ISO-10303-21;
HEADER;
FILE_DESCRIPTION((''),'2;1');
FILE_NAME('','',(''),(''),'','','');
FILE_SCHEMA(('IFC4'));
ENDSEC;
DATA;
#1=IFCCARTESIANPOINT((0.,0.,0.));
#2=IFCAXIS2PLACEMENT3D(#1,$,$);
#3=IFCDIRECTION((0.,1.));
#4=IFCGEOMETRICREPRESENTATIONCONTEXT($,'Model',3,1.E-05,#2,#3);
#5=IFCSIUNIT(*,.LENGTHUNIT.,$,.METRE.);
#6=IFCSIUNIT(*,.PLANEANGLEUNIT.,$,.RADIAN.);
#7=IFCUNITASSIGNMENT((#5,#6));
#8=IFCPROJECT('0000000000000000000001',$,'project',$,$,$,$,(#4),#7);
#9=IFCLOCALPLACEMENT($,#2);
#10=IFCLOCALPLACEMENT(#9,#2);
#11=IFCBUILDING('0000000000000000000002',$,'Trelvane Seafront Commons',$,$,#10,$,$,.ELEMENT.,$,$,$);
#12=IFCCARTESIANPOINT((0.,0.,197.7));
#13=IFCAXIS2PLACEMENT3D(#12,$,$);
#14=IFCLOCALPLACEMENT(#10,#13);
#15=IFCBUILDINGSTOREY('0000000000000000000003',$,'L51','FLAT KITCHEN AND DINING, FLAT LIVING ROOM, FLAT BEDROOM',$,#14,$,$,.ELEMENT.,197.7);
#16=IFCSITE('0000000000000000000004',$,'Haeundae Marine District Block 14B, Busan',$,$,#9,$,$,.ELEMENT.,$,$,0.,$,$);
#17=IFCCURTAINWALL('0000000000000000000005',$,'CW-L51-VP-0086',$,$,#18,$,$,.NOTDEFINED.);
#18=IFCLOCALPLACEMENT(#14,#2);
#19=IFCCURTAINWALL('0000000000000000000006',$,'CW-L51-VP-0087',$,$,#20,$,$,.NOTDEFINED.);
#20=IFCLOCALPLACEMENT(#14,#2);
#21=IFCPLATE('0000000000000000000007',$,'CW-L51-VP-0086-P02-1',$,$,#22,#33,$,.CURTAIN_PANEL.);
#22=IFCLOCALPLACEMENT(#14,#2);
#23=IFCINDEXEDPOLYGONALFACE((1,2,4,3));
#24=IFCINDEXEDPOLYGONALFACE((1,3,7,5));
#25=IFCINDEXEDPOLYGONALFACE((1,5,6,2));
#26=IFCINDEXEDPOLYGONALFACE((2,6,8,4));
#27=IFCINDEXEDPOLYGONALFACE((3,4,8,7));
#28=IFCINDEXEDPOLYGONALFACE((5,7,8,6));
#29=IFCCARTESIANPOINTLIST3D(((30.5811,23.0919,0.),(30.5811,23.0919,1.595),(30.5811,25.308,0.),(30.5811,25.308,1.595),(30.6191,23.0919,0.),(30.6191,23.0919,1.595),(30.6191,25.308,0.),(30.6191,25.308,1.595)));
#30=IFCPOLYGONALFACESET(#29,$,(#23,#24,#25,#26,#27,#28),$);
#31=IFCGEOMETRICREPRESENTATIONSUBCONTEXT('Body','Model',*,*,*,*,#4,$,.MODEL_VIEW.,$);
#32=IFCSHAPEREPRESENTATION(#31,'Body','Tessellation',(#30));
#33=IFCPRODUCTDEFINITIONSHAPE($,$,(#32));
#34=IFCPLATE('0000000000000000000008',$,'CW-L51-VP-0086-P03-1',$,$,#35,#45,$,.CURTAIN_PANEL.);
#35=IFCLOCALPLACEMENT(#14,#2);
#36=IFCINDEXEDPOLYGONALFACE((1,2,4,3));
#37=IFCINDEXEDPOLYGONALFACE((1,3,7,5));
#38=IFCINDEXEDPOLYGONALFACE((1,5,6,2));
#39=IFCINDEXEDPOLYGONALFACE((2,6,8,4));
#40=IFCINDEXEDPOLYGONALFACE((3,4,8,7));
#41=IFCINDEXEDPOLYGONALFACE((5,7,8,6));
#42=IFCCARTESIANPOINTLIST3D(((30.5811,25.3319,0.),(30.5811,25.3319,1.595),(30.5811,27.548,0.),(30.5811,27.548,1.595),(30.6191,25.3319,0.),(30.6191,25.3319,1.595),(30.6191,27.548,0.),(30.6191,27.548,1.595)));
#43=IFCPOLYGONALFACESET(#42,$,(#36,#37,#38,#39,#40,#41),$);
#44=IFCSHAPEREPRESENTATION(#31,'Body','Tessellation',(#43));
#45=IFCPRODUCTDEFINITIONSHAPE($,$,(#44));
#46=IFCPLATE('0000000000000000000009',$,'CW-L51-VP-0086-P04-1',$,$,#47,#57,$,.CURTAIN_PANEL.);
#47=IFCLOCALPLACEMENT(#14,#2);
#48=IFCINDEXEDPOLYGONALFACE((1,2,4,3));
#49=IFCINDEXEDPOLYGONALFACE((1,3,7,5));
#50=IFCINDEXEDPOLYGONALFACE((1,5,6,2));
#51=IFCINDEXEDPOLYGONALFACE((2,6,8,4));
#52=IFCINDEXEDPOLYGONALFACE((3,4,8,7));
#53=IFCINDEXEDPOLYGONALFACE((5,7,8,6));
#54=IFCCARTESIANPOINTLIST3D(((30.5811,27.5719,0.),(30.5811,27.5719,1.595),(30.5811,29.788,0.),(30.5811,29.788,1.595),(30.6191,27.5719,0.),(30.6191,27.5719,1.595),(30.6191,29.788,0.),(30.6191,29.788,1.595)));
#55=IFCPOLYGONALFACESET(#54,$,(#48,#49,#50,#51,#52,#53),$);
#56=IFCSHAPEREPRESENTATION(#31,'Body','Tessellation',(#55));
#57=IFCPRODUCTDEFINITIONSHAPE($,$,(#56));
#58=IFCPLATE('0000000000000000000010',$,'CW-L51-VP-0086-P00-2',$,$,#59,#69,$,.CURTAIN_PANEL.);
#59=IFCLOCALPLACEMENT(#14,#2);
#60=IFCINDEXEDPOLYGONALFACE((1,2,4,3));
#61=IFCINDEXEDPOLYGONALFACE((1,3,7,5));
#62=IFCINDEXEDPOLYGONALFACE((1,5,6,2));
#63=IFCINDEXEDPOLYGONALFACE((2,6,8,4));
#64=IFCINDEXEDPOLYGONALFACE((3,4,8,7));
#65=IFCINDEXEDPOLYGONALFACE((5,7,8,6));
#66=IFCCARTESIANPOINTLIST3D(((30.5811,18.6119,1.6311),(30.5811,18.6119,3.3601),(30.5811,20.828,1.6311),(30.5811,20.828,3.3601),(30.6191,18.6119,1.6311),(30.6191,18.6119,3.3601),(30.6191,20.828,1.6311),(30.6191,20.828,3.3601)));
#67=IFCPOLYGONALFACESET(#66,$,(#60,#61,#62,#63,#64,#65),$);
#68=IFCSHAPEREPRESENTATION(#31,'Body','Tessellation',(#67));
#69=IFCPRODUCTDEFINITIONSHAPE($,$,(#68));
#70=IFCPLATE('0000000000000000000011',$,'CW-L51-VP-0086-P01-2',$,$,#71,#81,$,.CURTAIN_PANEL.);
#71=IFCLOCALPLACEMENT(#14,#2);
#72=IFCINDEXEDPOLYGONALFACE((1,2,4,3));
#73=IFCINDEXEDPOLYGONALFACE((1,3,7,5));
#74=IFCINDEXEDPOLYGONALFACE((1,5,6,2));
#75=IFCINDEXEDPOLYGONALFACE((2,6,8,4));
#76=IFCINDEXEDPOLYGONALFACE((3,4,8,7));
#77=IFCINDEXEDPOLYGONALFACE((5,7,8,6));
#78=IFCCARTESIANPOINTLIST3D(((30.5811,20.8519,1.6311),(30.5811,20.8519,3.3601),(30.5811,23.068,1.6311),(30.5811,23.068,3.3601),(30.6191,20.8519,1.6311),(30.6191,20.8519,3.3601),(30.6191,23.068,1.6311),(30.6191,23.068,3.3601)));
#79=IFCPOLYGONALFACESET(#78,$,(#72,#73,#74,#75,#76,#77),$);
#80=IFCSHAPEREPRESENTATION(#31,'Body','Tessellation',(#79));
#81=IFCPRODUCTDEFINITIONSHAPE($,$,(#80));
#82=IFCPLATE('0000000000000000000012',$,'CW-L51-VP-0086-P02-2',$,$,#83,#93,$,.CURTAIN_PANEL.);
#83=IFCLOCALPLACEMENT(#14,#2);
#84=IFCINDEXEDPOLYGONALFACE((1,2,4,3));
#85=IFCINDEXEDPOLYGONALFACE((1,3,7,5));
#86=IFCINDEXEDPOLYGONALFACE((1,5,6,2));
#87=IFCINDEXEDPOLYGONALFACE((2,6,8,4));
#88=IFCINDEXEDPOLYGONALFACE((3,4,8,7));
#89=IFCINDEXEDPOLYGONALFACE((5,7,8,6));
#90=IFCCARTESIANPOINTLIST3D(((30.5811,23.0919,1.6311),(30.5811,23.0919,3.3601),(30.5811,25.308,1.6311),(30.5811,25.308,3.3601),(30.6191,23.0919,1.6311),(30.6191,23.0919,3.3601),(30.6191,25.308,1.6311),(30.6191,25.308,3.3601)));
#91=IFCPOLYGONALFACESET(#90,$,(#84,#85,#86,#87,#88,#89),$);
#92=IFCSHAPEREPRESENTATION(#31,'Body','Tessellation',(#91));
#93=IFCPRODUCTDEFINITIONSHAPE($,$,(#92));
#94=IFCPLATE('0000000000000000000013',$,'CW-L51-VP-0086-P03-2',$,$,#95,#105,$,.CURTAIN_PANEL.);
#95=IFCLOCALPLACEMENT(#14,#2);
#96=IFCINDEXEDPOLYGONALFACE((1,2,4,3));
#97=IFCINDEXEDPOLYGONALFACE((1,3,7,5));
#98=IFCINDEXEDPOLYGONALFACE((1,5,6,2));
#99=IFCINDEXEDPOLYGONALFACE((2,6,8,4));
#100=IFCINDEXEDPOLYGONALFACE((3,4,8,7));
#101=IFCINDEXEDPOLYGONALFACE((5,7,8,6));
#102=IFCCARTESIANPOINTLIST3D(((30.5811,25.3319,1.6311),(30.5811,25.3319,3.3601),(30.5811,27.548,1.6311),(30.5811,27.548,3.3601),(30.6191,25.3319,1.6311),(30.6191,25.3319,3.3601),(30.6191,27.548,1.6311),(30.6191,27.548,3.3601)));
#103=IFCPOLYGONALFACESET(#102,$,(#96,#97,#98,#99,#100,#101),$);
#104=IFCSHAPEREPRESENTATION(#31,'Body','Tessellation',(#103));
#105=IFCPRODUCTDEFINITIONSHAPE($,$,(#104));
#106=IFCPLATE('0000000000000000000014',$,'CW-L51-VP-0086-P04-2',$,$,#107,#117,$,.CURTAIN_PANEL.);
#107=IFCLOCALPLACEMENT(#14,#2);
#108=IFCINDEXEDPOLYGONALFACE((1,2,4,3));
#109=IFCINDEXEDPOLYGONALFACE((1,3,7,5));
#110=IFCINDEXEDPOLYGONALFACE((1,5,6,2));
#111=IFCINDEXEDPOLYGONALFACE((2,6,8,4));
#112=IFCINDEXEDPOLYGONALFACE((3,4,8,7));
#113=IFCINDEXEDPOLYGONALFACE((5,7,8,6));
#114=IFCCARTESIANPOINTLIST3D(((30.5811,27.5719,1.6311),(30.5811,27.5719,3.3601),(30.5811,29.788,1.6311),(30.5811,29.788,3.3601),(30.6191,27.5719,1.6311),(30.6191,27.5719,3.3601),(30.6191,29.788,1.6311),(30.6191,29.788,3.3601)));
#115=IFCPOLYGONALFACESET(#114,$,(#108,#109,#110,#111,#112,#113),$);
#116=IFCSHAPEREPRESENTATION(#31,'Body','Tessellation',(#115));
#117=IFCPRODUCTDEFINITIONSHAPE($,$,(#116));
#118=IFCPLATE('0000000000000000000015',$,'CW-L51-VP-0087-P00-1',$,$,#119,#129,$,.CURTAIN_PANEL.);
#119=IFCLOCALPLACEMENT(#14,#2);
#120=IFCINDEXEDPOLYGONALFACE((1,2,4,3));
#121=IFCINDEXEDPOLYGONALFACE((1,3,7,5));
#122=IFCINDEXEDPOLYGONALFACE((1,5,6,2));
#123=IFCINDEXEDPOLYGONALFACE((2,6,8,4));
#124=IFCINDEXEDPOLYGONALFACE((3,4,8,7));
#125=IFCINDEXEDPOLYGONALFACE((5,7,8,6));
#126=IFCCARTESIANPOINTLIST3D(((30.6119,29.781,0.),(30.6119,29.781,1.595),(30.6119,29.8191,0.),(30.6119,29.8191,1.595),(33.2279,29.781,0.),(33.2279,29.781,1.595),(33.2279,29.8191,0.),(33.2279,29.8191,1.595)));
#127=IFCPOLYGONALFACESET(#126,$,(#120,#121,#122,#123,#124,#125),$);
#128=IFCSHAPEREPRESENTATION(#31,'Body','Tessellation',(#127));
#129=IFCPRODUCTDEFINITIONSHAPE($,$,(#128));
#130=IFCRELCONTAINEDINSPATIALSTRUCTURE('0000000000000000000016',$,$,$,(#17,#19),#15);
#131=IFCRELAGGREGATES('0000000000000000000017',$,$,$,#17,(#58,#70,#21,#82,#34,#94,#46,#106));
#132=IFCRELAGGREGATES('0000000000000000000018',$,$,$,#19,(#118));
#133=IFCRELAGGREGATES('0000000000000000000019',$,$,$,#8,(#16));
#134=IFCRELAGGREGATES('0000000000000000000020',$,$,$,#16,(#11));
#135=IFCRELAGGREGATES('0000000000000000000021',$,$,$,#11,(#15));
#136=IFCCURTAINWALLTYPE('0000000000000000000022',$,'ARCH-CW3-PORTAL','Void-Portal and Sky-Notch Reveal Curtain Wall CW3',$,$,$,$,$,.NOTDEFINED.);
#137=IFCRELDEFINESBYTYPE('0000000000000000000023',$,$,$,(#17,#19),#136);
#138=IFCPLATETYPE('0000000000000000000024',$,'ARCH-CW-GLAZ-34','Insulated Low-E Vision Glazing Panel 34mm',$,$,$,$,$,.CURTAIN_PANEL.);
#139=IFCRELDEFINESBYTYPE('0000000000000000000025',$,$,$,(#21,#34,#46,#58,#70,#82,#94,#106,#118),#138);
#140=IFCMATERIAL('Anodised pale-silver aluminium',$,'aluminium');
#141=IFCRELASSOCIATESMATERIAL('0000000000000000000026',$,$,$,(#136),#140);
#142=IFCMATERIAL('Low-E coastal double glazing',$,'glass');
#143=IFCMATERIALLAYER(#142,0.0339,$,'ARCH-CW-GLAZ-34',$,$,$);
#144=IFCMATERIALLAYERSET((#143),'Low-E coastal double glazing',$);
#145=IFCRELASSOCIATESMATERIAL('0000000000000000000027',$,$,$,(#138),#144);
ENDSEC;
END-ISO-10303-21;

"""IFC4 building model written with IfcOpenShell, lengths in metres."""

from ifc_helpers import new_model, si_unit, direction, frame, origin, origin_2d, place, context, subcontext, project, spatial, rectangle, extrude, source, transform, mapped, material, layer, layer_set, type_object, element, aggregate, save


model = new_model("IFC4")

# Units and contexts
model_context = context("Model", 3, precision=1e-05, world=origin(), true_north=direction((0.0, 1.0)))
body_context = subcontext(model_context, "Body", "Model", "MODEL_VIEW")
ifc_project = project(units=[si_unit("LENGTHUNIT", "METRE"), si_unit("PLANEANGLEUNIT", "RADIAN")], contexts=[model_context])

# Site, building, storey
site_placement = place(None, origin())
site = spatial("IfcSite", under=ifc_project, at=site_placement, Name="Haeundae Marine District Block 14B, Busan", CompositionType="ELEMENT", RefElevation=0.0)
building_placement = place(site_placement, origin())
building = spatial("IfcBuilding", under=site, at=building_placement, Name="Trelvane Seafront Commons", CompositionType="ELEMENT")
storey_placement = place(building_placement, frame((0.0, 0.0, 197.7)))
storey = spatial("IfcBuildingStorey", under=building, at=storey_placement, Name="L51", Description="FLAT KITCHEN AND DINING, FLAT LIVING ROOM, FLAT BEDROOM", CompositionType="ELEMENT", Elevation=197.7)

# Curtain wall
ifc_material_1 = material(Name="Anodised pale-silver aluminium", Category="aluminium")
curtain_wall_type = type_object("IfcCurtainWallType", Name="ARCH-CW3-PORTAL", Description="Void-Portal and Sky-Notch Reveal Curtain Wall CW3", PredefinedType="NOTDEFINED", material=ifc_material_1)
curtain_wall_1_placement = place(storey_placement, origin())
curtain_wall_1 = element("IfcCurtainWall", 1, at=curtain_wall_1_placement, inside=storey, type_object=curtain_wall_type, Name="CW-L51-VP-0086", PredefinedType="NOTDEFINED")

# Curtain wall
curtain_wall_2_placement = place(storey_placement, origin())
curtain_wall_2 = element("IfcCurtainWall", 2, at=curtain_wall_2_placement, inside=storey, type_object=curtain_wall_type, Name="CW-L51-VP-0087", PredefinedType="NOTDEFINED")

# Plates
ifc_material_2 = material(Name="Low-E coastal double glazing", Category="glass")
ifc_layer = layer(ifc_material_2, 0.0339, Name="ARCH-CW-GLAZ-34")
ifc_layer_set = layer_set([ifc_layer], Name="Low-E coastal double glazing")
plate_type = type_object("IfcPlateType", Name="ARCH-CW-GLAZ-34", Description="Insulated Low-E Vision Glazing Panel 34mm", PredefinedType="CURTAIN_PANEL", material=ifc_layer_set)
shared_shape_1 = source(origin(), body_context, "Body", "SweptSolid", [
    extrude(rectangle(XDim=2.2161, YDim=0.0381, at=origin_2d()), origin(), (0.0, 0.0, 1.0), 1.595),
])
plate_1_placement = place(storey_placement, frame((30.6001, 24.2, 0.0), z_axis=(0.0, 0.0, 1.0), x_axis=(0.0, 1.0, 0.0)))
plate_1 = element("IfcPlate", 3, at=plate_1_placement, type_object=plate_type, Name="CW-L51-VP-0086-P02-1", PredefinedType="CURTAIN_PANEL", context=body_context, shape_type="MappedRepresentation", body=[
    mapped(shared_shape_1, transform((0.0, 0.0, 0.0), x_axis=(1.0, 0.0, 0.0), y_axis=(0.0, 1.0, 0.0), z_axis=(0.0, 0.0, 1.0), scale=1.0)),
])
plate_2_placement = place(storey_placement, frame((30.6001, 26.4399, 0.0), z_axis=(0.0, 0.0, 1.0), x_axis=(0.0, 1.0, 0.0)))
plate_2 = element("IfcPlate", 4, at=plate_2_placement, type_object=plate_type, Name="CW-L51-VP-0086-P03-1", PredefinedType="CURTAIN_PANEL", context=body_context, shape_type="MappedRepresentation", body=[
    mapped(shared_shape_1, transform((0.0, 0.0, 0.0), x_axis=(1.0, 0.0, 0.0), y_axis=(0.0, 1.0, 0.0), z_axis=(0.0, 0.0, 1.0), scale=1.0)),
])
plate_3_placement = place(storey_placement, frame((30.6001, 28.6799, 0.0), z_axis=(0.0, 0.0, 1.0), x_axis=(0.0, 1.0, 0.0)))
plate_3 = element("IfcPlate", 5, at=plate_3_placement, type_object=plate_type, Name="CW-L51-VP-0086-P04-1", PredefinedType="CURTAIN_PANEL", context=body_context, shape_type="MappedRepresentation", body=[
    mapped(shared_shape_1, transform((0.0, 0.0, 0.0), x_axis=(1.0, 0.0, 0.0), y_axis=(0.0, 1.0, 0.0), z_axis=(0.0, 0.0, 1.0), scale=1.0)),
])
shared_shape_2 = source(origin(), body_context, "Body", "SweptSolid", [
    extrude(rectangle(XDim=2.2161, YDim=0.0381, at=origin_2d()), origin(), (0.0, 0.0, 1.0), 1.729),
])
plate_4_placement = place(storey_placement, frame((30.6001, 19.72, 1.6311), z_axis=(0.0, 0.0, 1.0), x_axis=(0.0, 1.0, 0.0)))
plate_4 = element("IfcPlate", 6, at=plate_4_placement, type_object=plate_type, Name="CW-L51-VP-0086-P00-2", PredefinedType="CURTAIN_PANEL", context=body_context, shape_type="MappedRepresentation", body=[
    mapped(shared_shape_2, transform((0.0, 0.0, 0.0), x_axis=(1.0, 0.0, 0.0), y_axis=(0.0, 1.0, 0.0), z_axis=(0.0, 0.0, 1.0), scale=1.0)),
])
plate_5_placement = place(storey_placement, frame((30.6001, 21.96, 1.6311), z_axis=(0.0, 0.0, 1.0), x_axis=(0.0, 1.0, 0.0)))
plate_5 = element("IfcPlate", 7, at=plate_5_placement, type_object=plate_type, Name="CW-L51-VP-0086-P01-2", PredefinedType="CURTAIN_PANEL", context=body_context, shape_type="MappedRepresentation", body=[
    mapped(shared_shape_2, transform((0.0, 0.0, 0.0), x_axis=(1.0, 0.0, 0.0), y_axis=(0.0, 1.0, 0.0), z_axis=(0.0, 0.0, 1.0), scale=1.0)),
])
plate_6_placement = place(storey_placement, frame((30.6001, 24.2, 1.6311), z_axis=(0.0, 0.0, 1.0), x_axis=(0.0, 1.0, 0.0)))
plate_6 = element("IfcPlate", 8, at=plate_6_placement, type_object=plate_type, Name="CW-L51-VP-0086-P02-2", PredefinedType="CURTAIN_PANEL", context=body_context, shape_type="MappedRepresentation", body=[
    mapped(shared_shape_2, transform((0.0, 0.0, 0.0), x_axis=(1.0, 0.0, 0.0), y_axis=(0.0, 1.0, 0.0), z_axis=(0.0, 0.0, 1.0), scale=1.0)),
])
plate_7_placement = place(storey_placement, frame((30.6001, 26.4399, 1.6311), z_axis=(0.0, 0.0, 1.0), x_axis=(0.0, 1.0, 0.0)))
plate_7 = element("IfcPlate", 9, at=plate_7_placement, type_object=plate_type, Name="CW-L51-VP-0086-P03-2", PredefinedType="CURTAIN_PANEL", context=body_context, shape_type="MappedRepresentation", body=[
    mapped(shared_shape_2, transform((0.0, 0.0, 0.0), x_axis=(1.0, 0.0, 0.0), y_axis=(0.0, 1.0, 0.0), z_axis=(0.0, 0.0, 1.0), scale=1.0)),
])
plate_8_placement = place(storey_placement, frame((30.6001, 28.6799, 1.6311), z_axis=(0.0, 0.0, 1.0), x_axis=(0.0, 1.0, 0.0)))
plate_8 = element("IfcPlate", 10, at=plate_8_placement, type_object=plate_type, Name="CW-L51-VP-0086-P04-2", PredefinedType="CURTAIN_PANEL", context=body_context, shape_type="MappedRepresentation", body=[
    mapped(shared_shape_2, transform((0.0, 0.0, 0.0), x_axis=(1.0, 0.0, 0.0), y_axis=(0.0, 1.0, 0.0), z_axis=(0.0, 0.0, 1.0), scale=1.0)),
])
aggregate(curtain_wall_1, [plate_4, plate_5, plate_1, plate_6, plate_2, plate_7, plate_3, plate_8])
shared_shape_3 = source(origin(), body_context, "Body", "SweptSolid", [
    extrude(rectangle(XDim=2.616, YDim=0.0381, at=origin_2d()), origin(), (0.0, 0.0, 1.0), 1.595),
])
plate_9_placement = place(storey_placement, frame((31.9199, 29.8, 0.0), z_axis=(0.0, 0.0, 1.0), x_axis=(1.0, 0.0, 0.0)))
plate_9 = element("IfcPlate", 11, at=plate_9_placement, type_object=plate_type, Name="CW-L51-VP-0087-P00-1", PredefinedType="CURTAIN_PANEL", context=body_context, shape_type="MappedRepresentation", body=[
    mapped(shared_shape_3, transform((0.0, 0.0, 0.0), x_axis=(1.0, 0.0, 0.0), y_axis=(0.0, 1.0, 0.0), z_axis=(0.0, 0.0, 1.0), scale=1.0)),
])
aggregate(curtain_wall_2, [plate_9])

save(model, "model.ifc")
